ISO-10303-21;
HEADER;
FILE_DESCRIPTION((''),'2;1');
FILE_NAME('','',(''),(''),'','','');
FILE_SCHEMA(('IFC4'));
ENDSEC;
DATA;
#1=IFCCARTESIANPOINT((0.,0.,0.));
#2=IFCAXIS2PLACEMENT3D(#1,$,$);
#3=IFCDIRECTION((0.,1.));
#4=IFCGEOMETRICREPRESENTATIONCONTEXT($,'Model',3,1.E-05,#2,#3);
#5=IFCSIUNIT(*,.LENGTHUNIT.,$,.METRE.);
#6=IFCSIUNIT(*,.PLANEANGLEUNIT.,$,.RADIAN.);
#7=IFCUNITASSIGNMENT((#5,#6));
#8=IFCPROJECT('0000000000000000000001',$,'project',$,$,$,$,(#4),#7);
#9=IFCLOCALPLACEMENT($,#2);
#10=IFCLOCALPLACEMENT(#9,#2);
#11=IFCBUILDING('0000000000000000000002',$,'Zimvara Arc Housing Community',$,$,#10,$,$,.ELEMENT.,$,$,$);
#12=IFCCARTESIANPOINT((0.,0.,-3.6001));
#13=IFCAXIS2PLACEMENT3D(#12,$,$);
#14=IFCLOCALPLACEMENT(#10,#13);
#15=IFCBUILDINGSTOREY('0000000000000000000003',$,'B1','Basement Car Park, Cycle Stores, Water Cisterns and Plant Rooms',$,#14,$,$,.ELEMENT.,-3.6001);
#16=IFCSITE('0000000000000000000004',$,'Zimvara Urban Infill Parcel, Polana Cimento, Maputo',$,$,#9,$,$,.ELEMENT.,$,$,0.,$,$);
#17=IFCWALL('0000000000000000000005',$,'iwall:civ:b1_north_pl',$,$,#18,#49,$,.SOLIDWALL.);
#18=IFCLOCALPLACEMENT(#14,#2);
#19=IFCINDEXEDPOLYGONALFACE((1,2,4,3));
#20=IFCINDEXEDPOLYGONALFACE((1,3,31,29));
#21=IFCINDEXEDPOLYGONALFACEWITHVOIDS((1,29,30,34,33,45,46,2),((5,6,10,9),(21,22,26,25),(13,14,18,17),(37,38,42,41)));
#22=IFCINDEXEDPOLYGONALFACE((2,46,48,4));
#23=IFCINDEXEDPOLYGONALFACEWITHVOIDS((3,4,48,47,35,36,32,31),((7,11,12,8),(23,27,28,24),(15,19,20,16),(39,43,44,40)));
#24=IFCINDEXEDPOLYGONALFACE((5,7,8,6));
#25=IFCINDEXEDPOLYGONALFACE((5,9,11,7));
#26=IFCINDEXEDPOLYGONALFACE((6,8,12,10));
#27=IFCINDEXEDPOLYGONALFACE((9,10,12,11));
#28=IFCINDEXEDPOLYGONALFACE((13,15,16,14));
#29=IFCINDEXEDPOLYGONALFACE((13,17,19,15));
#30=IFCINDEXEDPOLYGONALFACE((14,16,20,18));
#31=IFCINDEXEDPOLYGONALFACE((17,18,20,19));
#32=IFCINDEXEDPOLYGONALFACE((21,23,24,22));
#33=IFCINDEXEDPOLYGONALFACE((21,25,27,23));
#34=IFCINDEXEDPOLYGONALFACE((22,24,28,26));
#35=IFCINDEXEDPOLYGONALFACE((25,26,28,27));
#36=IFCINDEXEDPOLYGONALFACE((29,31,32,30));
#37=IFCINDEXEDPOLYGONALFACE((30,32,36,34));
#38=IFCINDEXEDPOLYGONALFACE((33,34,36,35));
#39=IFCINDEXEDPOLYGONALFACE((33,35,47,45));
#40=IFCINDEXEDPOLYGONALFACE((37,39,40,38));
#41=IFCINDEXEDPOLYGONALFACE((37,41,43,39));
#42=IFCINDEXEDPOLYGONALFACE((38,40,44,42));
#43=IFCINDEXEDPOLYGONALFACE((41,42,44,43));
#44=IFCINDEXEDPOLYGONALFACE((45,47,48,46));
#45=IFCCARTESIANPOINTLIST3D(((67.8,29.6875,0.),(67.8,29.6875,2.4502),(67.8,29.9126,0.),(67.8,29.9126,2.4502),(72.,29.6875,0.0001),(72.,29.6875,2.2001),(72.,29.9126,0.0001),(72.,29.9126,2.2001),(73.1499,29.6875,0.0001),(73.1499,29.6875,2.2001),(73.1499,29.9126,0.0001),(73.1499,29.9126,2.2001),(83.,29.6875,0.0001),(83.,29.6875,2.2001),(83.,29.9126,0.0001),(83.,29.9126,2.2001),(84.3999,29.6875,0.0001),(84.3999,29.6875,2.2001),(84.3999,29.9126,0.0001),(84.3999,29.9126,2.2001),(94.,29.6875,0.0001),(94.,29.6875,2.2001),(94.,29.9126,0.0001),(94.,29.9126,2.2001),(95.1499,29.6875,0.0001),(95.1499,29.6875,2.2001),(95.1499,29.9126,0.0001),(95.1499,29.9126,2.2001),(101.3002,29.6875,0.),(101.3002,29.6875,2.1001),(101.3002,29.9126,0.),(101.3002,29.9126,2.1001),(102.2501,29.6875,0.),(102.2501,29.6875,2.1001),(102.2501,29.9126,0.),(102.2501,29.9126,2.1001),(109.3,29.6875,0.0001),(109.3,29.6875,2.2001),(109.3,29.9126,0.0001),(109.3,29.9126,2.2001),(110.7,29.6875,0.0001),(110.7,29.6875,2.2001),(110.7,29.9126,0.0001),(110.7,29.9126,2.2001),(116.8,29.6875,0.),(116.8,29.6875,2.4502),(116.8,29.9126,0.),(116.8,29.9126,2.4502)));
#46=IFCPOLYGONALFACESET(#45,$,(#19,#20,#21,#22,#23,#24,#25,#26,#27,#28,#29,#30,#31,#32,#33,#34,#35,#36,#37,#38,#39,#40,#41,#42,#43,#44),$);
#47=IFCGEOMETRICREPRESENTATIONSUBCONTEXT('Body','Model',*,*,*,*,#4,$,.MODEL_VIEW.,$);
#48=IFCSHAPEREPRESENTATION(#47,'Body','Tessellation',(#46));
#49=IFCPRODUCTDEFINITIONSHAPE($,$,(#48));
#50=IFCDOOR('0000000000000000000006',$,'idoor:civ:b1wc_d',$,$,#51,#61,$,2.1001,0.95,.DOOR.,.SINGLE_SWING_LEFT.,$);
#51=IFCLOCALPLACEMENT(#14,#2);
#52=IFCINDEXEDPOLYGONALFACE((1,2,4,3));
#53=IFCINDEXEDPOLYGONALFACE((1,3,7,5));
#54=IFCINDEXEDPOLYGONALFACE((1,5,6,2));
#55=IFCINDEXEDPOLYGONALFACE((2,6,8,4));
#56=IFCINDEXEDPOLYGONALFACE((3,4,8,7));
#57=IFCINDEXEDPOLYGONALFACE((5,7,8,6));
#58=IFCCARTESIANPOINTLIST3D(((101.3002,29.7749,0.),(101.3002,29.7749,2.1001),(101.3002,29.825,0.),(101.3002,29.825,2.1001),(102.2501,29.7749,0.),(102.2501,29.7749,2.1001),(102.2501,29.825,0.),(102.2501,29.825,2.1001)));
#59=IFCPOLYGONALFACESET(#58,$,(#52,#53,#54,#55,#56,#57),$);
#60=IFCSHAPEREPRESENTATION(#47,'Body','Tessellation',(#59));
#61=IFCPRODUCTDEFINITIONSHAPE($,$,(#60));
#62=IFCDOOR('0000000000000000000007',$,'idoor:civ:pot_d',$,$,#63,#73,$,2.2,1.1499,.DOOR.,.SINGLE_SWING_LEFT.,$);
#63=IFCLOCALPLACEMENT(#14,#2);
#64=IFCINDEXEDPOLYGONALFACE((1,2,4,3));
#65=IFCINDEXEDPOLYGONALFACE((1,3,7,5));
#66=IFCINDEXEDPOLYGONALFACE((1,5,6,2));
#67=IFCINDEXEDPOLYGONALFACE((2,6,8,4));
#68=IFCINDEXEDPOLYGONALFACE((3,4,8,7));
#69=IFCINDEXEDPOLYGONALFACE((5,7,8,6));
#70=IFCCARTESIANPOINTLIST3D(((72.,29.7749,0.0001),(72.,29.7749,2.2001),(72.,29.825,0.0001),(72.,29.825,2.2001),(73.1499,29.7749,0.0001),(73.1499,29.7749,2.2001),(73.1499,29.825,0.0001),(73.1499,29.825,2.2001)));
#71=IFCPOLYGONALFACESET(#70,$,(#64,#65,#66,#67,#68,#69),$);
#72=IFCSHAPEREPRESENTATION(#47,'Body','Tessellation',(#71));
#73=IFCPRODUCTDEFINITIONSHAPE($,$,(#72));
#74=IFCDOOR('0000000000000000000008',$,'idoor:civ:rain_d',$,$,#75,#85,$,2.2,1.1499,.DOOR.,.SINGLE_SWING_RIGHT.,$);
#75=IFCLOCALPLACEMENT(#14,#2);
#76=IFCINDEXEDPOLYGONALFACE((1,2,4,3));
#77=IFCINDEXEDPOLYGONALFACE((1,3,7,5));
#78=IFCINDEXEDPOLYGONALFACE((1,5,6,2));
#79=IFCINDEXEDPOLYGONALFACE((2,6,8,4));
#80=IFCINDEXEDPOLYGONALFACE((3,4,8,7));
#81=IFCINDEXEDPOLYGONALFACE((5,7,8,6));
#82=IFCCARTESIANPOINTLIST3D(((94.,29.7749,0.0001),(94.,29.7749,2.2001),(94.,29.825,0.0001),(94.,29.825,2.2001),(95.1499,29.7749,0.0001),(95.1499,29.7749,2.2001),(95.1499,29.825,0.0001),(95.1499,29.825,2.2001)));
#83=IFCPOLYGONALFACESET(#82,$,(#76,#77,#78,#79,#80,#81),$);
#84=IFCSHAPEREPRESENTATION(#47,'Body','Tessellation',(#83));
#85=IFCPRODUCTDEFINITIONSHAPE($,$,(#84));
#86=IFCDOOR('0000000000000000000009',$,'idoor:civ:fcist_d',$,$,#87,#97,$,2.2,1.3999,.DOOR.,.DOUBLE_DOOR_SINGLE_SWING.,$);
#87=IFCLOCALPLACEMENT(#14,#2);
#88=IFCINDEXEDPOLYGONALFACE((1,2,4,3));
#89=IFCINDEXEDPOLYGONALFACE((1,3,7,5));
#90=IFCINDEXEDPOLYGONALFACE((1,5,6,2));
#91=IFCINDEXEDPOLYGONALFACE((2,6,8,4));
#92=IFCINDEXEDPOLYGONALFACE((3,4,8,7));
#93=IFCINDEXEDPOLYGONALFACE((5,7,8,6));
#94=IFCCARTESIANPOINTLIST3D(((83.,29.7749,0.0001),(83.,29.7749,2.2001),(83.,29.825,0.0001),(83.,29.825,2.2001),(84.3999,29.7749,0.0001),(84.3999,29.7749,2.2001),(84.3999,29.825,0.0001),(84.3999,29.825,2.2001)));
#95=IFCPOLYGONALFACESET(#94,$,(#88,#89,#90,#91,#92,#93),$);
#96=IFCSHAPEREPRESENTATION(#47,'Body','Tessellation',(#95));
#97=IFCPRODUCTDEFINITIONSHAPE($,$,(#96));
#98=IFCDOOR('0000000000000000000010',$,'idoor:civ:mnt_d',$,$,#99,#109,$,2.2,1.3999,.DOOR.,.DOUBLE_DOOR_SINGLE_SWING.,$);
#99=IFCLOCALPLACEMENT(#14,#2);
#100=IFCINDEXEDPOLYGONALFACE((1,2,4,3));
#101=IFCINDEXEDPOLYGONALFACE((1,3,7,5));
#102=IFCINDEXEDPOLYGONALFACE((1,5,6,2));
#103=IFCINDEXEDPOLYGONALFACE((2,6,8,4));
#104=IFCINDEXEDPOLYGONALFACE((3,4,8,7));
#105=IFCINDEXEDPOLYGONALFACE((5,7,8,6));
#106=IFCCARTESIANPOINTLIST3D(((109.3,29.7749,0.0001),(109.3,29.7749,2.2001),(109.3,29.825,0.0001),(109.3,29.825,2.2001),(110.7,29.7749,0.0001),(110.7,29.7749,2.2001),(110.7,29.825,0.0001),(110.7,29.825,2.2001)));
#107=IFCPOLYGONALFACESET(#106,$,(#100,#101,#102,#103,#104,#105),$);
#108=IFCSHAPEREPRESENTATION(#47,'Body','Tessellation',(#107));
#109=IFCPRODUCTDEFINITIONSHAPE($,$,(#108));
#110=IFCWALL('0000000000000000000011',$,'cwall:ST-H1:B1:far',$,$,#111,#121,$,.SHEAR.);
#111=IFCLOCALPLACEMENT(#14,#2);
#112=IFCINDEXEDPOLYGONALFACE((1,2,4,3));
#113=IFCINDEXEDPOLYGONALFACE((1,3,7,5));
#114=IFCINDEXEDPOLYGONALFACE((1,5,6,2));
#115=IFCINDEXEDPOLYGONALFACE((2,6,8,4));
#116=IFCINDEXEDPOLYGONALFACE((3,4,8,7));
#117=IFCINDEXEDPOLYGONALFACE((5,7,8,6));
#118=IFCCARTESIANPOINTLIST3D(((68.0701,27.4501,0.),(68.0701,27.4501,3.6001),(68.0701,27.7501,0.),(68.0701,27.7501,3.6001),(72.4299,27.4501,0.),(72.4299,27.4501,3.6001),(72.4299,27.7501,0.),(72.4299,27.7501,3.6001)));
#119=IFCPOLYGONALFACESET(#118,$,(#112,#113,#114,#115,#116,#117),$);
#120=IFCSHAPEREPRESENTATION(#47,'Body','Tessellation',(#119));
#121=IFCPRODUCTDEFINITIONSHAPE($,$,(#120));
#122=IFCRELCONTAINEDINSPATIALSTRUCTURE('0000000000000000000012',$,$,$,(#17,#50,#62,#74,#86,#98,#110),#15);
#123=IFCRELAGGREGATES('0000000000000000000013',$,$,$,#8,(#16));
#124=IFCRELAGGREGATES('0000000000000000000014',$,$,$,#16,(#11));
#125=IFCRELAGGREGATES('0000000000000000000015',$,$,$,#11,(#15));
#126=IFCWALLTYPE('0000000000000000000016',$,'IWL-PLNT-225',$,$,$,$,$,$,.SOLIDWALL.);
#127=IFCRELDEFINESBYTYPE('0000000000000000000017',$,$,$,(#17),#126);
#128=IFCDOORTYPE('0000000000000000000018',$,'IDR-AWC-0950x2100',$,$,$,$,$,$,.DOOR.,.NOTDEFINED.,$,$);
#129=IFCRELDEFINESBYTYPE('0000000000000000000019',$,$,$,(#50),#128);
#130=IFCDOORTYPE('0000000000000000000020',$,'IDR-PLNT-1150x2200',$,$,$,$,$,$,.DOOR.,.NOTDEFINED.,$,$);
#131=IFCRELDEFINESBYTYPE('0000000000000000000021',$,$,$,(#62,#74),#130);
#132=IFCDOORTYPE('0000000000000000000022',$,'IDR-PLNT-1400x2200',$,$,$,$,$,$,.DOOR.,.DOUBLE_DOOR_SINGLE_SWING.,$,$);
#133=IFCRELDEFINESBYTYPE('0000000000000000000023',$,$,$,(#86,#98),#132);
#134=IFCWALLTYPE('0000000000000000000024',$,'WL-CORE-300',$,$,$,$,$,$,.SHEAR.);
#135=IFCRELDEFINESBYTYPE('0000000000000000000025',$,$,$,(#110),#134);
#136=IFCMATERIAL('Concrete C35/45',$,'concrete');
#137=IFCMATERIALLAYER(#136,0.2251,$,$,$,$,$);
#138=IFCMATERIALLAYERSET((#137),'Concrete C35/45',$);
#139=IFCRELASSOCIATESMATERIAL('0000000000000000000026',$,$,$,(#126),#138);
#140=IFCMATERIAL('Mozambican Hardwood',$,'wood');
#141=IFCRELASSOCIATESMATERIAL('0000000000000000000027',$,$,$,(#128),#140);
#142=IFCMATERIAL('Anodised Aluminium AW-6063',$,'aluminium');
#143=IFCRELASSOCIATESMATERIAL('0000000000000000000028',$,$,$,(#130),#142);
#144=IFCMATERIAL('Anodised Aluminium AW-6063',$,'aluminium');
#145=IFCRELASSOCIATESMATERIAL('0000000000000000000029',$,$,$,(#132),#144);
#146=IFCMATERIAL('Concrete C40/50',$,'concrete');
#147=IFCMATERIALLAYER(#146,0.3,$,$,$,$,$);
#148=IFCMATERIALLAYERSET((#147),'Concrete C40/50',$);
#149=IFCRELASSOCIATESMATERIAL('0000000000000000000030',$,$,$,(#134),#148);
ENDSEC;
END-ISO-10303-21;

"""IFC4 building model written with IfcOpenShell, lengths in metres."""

from ifc_helpers import new_model, si_unit, direction, frame, frame_2d, origin, place, context, subcontext, project, spatial, rectangle, extrude, material, layer, layer_set, type_object, element, fill, save


model = new_model("IFC4")

# Units and contexts
model_context = context("Model", 3, precision=1e-05, world=origin(), true_north=direction((0.0, 1.0)))
body_context = subcontext(model_context, "Body", "Model", "MODEL_VIEW")
ifc_project = project(units=[si_unit("LENGTHUNIT", "METRE"), si_unit("PLANEANGLEUNIT", "RADIAN")], contexts=[model_context])

# Site, building, storey
site_placement = place(None, origin())
site = spatial("IfcSite", under=ifc_project, at=site_placement, Name="Zimvara Urban Infill Parcel, Polana Cimento, Maputo", CompositionType="ELEMENT", RefElevation=0.0)
building_placement = place(site_placement, origin())
building = spatial("IfcBuilding", under=site, at=building_placement, Name="Zimvara Arc Housing Community", CompositionType="ELEMENT")
storey_placement = place(building_placement, frame((0.0, 0.0, -3.6001)))
storey = spatial("IfcBuildingStorey", under=building, at=storey_placement, Name="B1", Description="Basement Car Park, Cycle Stores, Water Cisterns and Plant Rooms", CompositionType="ELEMENT", Elevation=-3.6001)

# Wall, openings, doors
ifc_material_1 = material(Name="Concrete C35/45", Category="concrete")
ifc_layer_1 = layer(ifc_material_1, 0.2251)
ifc_layer_set_1 = layer_set([ifc_layer_1], Name="Concrete C35/45")
wall_type_1 = type_object("IfcWallType", Name="IWL-PLNT-225", PredefinedType="SOLIDWALL", material=ifc_layer_set_1)
wall_1_placement = place(storey_placement, frame((67.8, 29.8, 0.0), z_axis=(0.0, 0.0, 1.0), x_axis=(1.0, 0.0, 0.0)))
wall_1 = element("IfcWall", 1, at=wall_1_placement, inside=storey, type_object=wall_type_1, Name="iwall:civ:b1_north_pl", PredefinedType="SOLIDWALL", context=body_context, shape_type="SweptSolid", body=[
    extrude(rectangle(XDim=49.0, YDim=0.2251, at=frame_2d((24.5, 0.0))), origin(), (0.0, 0.0, 1.0), 2.4502),
])
opening_1_placement = place(wall_1_placement, frame((4.2, 0.0, 0.0)))
opening_1 = element("IfcOpeningElement", 2, at=opening_1_placement, cuts=wall_1, PredefinedType="OPENING", context=body_context, shape_type="SweptSolid", body=[
    extrude(rectangle(XDim=1.1499, YDim=2.2, at=frame_2d((0.575, 1.1001))), frame((0.0, 0.1226, 0.0), z_axis=(0.0, -1.0, 0.0), x_axis=(1.0, 0.0, 0.0)), (0.0, 0.0, 1.0), 0.2451),
])
opening_2_placement = place(wall_1_placement, frame((15.2, 0.0, 0.0)))
opening_2 = element("IfcOpeningElement", 3, at=opening_2_placement, cuts=wall_1, PredefinedType="OPENING", context=body_context, shape_type="SweptSolid", body=[
    extrude(rectangle(XDim=1.3999, YDim=2.2, at=frame_2d((0.7, 1.1001))), frame((0.0, 0.1226, 0.0), z_axis=(0.0, -1.0, 0.0), x_axis=(1.0, 0.0, 0.0)), (0.0, 0.0, 1.0), 0.2451),
])
opening_3_placement = place(wall_1_placement, frame((26.2, 0.0, 0.0)))
opening_3 = element("IfcOpeningElement", 4, at=opening_3_placement, cuts=wall_1, PredefinedType="OPENING", context=body_context, shape_type="SweptSolid", body=[
    extrude(rectangle(XDim=1.1499, YDim=2.2, at=frame_2d((0.575, 1.1001))), frame((0.0, 0.1226, 0.0), z_axis=(0.0, -1.0, 0.0), x_axis=(1.0, 0.0, 0.0)), (0.0, 0.0, 1.0), 0.2451),
])
opening_4_placement = place(wall_1_placement, frame((33.5, 0.0, 0.0)))
opening_4 = element("IfcOpeningElement", 5, at=opening_4_placement, cuts=wall_1, PredefinedType="OPENING", context=body_context, shape_type="SweptSolid", body=[
    extrude(rectangle(XDim=0.95, YDim=2.1001, at=frame_2d((0.4751, 1.05))), frame((0.0, 0.1226, 0.0), z_axis=(0.0, -1.0, 0.0), x_axis=(1.0, 0.0, 0.0)), (0.0, 0.0, 1.0), 0.2451),
])
opening_5_placement = place(wall_1_placement, frame((41.5, 0.0, 0.0)))
opening_5 = element("IfcOpeningElement", 6, at=opening_5_placement, cuts=wall_1, PredefinedType="OPENING", context=body_context, shape_type="SweptSolid", body=[
    extrude(rectangle(XDim=1.3999, YDim=2.2, at=frame_2d((0.7, 1.1001))), frame((0.0, 0.1226, 0.0), z_axis=(0.0, -1.0, 0.0), x_axis=(1.0, 0.0, 0.0)), (0.0, 0.0, 1.0), 0.2451),
])
ifc_material_2 = material(Name="Mozambican Hardwood", Category="wood")
door_type_1 = type_object("IfcDoorType", Name="IDR-AWC-0950x2100", OperationType="NOTDEFINED", PredefinedType="DOOR", material=ifc_material_2)
door_1_placement = place(opening_4_placement, origin())
door_1 = element("IfcDoor", 7, at=door_1_placement, inside=storey, type_object=door_type_1, Name="idoor:civ:b1wc_d", OperationType="SINGLE_SWING_LEFT", OverallHeight=2.1001, OverallWidth=0.95, PredefinedType="DOOR", context=body_context, shape_type="SweptSolid", body=[
    extrude(rectangle(XDim=0.95, YDim=2.1001, at=frame_2d((0.4751, 1.05))), frame((0.0, 0.0249, 0.0), z_axis=(0.0, -1.0, 0.0), x_axis=(1.0, 0.0, 0.0)), (0.0, 0.0, 1.0), 0.05),
])
fill(opening_4, door_1)
ifc_material_3 = material(Name="Anodised Aluminium AW-6063", Category="aluminium")
door_type_2 = type_object("IfcDoorType", Name="IDR-PLNT-1150x2200", OperationType="NOTDEFINED", PredefinedType="DOOR", material=ifc_material_3)
door_2_placement = place(opening_1_placement, origin())
door_2 = element("IfcDoor", 8, at=door_2_placement, inside=storey, type_object=door_type_2, Name="idoor:civ:pot_d", OperationType="SINGLE_SWING_LEFT", OverallHeight=2.2, OverallWidth=1.1499, PredefinedType="DOOR", context=body_context, shape_type="SweptSolid", body=[
    extrude(rectangle(XDim=1.1499, YDim=2.2, at=frame_2d((0.575, 1.1001))), frame((0.0, 0.0249, 0.0), z_axis=(0.0, -1.0, 0.0), x_axis=(1.0, 0.0, 0.0)), (0.0, 0.0, 1.0), 0.05),
])
fill(opening_1, door_2)
door_3_placement = place(opening_3_placement, origin())
door_3 = element("IfcDoor", 9, at=door_3_placement, inside=storey, type_object=door_type_2, Name="idoor:civ:rain_d", OperationType="SINGLE_SWING_RIGHT", OverallHeight=2.2, OverallWidth=1.1499, PredefinedType="DOOR", context=body_context, shape_type="SweptSolid", body=[
    extrude(rectangle(XDim=1.1499, YDim=2.2, at=frame_2d((0.575, 1.1001))), frame((0.0, 0.0249, 0.0), z_axis=(0.0, -1.0, 0.0), x_axis=(1.0, 0.0, 0.0)), (0.0, 0.0, 1.0), 0.05),
])
fill(opening_3, door_3)
ifc_material_4 = material(Name="Anodised Aluminium AW-6063", Category="aluminium")
door_type_3 = type_object("IfcDoorType", Name="IDR-PLNT-1400x2200", OperationType="DOUBLE_DOOR_SINGLE_SWING", PredefinedType="DOOR", material=ifc_material_4)
door_4_placement = place(opening_2_placement, origin())
door_4 = element("IfcDoor", 10, at=door_4_placement, inside=storey, type_object=door_type_3, Name="idoor:civ:fcist_d", OperationType="DOUBLE_DOOR_SINGLE_SWING", OverallHeight=2.2, OverallWidth=1.3999, PredefinedType="DOOR", context=body_context, shape_type="SweptSolid", body=[
    extrude(rectangle(XDim=1.3999, YDim=2.2, at=frame_2d((0.7, 1.1001))), frame((0.0, 0.0249, 0.0), z_axis=(0.0, -1.0, 0.0), x_axis=(1.0, 0.0, 0.0)), (0.0, 0.0, 1.0), 0.05),
])
fill(opening_2, door_4)
door_5_placement = place(opening_5_placement, origin())
door_5 = element("IfcDoor", 11, at=door_5_placement, inside=storey, type_object=door_type_3, Name="idoor:civ:mnt_d", OperationType="DOUBLE_DOOR_SINGLE_SWING", OverallHeight=2.2, OverallWidth=1.3999, PredefinedType="DOOR", context=body_context, shape_type="SweptSolid", body=[
    extrude(rectangle(XDim=1.3999, YDim=2.2, at=frame_2d((0.7, 1.1001))), frame((0.0, 0.0249, 0.0), z_axis=(0.0, -1.0, 0.0), x_axis=(1.0, 0.0, 0.0)), (0.0, 0.0, 1.0), 0.05),
])
fill(opening_5, door_5)

# Wall
ifc_material_5 = material(Name="Concrete C40/50", Category="concrete")
ifc_layer_2 = layer(ifc_material_5, 0.3)
ifc_layer_set_2 = layer_set([ifc_layer_2], Name="Concrete C40/50")
wall_type_2 = type_object("IfcWallType", Name="WL-CORE-300", PredefinedType="SHEAR", material=ifc_layer_set_2)
wall_2_placement = place(storey_placement, frame((72.4299, 27.6001, 0.0), z_axis=(0.0, 0.0, 1.0), x_axis=(-1.0, 0.0, 0.0)))
element("IfcWall", 12, at=wall_2_placement, inside=storey, type_object=wall_type_2, Name="cwall:ST-H1:B1:far", PredefinedType="SHEAR", context=body_context, shape_type="SweptSolid", body=[
    extrude(rectangle(XDim=4.3599, YDim=0.3, at=frame_2d((2.1799, 0.0))), origin(), (0.0, 0.0, 1.0), 3.6001),
])

save(model, "model.ifc")
